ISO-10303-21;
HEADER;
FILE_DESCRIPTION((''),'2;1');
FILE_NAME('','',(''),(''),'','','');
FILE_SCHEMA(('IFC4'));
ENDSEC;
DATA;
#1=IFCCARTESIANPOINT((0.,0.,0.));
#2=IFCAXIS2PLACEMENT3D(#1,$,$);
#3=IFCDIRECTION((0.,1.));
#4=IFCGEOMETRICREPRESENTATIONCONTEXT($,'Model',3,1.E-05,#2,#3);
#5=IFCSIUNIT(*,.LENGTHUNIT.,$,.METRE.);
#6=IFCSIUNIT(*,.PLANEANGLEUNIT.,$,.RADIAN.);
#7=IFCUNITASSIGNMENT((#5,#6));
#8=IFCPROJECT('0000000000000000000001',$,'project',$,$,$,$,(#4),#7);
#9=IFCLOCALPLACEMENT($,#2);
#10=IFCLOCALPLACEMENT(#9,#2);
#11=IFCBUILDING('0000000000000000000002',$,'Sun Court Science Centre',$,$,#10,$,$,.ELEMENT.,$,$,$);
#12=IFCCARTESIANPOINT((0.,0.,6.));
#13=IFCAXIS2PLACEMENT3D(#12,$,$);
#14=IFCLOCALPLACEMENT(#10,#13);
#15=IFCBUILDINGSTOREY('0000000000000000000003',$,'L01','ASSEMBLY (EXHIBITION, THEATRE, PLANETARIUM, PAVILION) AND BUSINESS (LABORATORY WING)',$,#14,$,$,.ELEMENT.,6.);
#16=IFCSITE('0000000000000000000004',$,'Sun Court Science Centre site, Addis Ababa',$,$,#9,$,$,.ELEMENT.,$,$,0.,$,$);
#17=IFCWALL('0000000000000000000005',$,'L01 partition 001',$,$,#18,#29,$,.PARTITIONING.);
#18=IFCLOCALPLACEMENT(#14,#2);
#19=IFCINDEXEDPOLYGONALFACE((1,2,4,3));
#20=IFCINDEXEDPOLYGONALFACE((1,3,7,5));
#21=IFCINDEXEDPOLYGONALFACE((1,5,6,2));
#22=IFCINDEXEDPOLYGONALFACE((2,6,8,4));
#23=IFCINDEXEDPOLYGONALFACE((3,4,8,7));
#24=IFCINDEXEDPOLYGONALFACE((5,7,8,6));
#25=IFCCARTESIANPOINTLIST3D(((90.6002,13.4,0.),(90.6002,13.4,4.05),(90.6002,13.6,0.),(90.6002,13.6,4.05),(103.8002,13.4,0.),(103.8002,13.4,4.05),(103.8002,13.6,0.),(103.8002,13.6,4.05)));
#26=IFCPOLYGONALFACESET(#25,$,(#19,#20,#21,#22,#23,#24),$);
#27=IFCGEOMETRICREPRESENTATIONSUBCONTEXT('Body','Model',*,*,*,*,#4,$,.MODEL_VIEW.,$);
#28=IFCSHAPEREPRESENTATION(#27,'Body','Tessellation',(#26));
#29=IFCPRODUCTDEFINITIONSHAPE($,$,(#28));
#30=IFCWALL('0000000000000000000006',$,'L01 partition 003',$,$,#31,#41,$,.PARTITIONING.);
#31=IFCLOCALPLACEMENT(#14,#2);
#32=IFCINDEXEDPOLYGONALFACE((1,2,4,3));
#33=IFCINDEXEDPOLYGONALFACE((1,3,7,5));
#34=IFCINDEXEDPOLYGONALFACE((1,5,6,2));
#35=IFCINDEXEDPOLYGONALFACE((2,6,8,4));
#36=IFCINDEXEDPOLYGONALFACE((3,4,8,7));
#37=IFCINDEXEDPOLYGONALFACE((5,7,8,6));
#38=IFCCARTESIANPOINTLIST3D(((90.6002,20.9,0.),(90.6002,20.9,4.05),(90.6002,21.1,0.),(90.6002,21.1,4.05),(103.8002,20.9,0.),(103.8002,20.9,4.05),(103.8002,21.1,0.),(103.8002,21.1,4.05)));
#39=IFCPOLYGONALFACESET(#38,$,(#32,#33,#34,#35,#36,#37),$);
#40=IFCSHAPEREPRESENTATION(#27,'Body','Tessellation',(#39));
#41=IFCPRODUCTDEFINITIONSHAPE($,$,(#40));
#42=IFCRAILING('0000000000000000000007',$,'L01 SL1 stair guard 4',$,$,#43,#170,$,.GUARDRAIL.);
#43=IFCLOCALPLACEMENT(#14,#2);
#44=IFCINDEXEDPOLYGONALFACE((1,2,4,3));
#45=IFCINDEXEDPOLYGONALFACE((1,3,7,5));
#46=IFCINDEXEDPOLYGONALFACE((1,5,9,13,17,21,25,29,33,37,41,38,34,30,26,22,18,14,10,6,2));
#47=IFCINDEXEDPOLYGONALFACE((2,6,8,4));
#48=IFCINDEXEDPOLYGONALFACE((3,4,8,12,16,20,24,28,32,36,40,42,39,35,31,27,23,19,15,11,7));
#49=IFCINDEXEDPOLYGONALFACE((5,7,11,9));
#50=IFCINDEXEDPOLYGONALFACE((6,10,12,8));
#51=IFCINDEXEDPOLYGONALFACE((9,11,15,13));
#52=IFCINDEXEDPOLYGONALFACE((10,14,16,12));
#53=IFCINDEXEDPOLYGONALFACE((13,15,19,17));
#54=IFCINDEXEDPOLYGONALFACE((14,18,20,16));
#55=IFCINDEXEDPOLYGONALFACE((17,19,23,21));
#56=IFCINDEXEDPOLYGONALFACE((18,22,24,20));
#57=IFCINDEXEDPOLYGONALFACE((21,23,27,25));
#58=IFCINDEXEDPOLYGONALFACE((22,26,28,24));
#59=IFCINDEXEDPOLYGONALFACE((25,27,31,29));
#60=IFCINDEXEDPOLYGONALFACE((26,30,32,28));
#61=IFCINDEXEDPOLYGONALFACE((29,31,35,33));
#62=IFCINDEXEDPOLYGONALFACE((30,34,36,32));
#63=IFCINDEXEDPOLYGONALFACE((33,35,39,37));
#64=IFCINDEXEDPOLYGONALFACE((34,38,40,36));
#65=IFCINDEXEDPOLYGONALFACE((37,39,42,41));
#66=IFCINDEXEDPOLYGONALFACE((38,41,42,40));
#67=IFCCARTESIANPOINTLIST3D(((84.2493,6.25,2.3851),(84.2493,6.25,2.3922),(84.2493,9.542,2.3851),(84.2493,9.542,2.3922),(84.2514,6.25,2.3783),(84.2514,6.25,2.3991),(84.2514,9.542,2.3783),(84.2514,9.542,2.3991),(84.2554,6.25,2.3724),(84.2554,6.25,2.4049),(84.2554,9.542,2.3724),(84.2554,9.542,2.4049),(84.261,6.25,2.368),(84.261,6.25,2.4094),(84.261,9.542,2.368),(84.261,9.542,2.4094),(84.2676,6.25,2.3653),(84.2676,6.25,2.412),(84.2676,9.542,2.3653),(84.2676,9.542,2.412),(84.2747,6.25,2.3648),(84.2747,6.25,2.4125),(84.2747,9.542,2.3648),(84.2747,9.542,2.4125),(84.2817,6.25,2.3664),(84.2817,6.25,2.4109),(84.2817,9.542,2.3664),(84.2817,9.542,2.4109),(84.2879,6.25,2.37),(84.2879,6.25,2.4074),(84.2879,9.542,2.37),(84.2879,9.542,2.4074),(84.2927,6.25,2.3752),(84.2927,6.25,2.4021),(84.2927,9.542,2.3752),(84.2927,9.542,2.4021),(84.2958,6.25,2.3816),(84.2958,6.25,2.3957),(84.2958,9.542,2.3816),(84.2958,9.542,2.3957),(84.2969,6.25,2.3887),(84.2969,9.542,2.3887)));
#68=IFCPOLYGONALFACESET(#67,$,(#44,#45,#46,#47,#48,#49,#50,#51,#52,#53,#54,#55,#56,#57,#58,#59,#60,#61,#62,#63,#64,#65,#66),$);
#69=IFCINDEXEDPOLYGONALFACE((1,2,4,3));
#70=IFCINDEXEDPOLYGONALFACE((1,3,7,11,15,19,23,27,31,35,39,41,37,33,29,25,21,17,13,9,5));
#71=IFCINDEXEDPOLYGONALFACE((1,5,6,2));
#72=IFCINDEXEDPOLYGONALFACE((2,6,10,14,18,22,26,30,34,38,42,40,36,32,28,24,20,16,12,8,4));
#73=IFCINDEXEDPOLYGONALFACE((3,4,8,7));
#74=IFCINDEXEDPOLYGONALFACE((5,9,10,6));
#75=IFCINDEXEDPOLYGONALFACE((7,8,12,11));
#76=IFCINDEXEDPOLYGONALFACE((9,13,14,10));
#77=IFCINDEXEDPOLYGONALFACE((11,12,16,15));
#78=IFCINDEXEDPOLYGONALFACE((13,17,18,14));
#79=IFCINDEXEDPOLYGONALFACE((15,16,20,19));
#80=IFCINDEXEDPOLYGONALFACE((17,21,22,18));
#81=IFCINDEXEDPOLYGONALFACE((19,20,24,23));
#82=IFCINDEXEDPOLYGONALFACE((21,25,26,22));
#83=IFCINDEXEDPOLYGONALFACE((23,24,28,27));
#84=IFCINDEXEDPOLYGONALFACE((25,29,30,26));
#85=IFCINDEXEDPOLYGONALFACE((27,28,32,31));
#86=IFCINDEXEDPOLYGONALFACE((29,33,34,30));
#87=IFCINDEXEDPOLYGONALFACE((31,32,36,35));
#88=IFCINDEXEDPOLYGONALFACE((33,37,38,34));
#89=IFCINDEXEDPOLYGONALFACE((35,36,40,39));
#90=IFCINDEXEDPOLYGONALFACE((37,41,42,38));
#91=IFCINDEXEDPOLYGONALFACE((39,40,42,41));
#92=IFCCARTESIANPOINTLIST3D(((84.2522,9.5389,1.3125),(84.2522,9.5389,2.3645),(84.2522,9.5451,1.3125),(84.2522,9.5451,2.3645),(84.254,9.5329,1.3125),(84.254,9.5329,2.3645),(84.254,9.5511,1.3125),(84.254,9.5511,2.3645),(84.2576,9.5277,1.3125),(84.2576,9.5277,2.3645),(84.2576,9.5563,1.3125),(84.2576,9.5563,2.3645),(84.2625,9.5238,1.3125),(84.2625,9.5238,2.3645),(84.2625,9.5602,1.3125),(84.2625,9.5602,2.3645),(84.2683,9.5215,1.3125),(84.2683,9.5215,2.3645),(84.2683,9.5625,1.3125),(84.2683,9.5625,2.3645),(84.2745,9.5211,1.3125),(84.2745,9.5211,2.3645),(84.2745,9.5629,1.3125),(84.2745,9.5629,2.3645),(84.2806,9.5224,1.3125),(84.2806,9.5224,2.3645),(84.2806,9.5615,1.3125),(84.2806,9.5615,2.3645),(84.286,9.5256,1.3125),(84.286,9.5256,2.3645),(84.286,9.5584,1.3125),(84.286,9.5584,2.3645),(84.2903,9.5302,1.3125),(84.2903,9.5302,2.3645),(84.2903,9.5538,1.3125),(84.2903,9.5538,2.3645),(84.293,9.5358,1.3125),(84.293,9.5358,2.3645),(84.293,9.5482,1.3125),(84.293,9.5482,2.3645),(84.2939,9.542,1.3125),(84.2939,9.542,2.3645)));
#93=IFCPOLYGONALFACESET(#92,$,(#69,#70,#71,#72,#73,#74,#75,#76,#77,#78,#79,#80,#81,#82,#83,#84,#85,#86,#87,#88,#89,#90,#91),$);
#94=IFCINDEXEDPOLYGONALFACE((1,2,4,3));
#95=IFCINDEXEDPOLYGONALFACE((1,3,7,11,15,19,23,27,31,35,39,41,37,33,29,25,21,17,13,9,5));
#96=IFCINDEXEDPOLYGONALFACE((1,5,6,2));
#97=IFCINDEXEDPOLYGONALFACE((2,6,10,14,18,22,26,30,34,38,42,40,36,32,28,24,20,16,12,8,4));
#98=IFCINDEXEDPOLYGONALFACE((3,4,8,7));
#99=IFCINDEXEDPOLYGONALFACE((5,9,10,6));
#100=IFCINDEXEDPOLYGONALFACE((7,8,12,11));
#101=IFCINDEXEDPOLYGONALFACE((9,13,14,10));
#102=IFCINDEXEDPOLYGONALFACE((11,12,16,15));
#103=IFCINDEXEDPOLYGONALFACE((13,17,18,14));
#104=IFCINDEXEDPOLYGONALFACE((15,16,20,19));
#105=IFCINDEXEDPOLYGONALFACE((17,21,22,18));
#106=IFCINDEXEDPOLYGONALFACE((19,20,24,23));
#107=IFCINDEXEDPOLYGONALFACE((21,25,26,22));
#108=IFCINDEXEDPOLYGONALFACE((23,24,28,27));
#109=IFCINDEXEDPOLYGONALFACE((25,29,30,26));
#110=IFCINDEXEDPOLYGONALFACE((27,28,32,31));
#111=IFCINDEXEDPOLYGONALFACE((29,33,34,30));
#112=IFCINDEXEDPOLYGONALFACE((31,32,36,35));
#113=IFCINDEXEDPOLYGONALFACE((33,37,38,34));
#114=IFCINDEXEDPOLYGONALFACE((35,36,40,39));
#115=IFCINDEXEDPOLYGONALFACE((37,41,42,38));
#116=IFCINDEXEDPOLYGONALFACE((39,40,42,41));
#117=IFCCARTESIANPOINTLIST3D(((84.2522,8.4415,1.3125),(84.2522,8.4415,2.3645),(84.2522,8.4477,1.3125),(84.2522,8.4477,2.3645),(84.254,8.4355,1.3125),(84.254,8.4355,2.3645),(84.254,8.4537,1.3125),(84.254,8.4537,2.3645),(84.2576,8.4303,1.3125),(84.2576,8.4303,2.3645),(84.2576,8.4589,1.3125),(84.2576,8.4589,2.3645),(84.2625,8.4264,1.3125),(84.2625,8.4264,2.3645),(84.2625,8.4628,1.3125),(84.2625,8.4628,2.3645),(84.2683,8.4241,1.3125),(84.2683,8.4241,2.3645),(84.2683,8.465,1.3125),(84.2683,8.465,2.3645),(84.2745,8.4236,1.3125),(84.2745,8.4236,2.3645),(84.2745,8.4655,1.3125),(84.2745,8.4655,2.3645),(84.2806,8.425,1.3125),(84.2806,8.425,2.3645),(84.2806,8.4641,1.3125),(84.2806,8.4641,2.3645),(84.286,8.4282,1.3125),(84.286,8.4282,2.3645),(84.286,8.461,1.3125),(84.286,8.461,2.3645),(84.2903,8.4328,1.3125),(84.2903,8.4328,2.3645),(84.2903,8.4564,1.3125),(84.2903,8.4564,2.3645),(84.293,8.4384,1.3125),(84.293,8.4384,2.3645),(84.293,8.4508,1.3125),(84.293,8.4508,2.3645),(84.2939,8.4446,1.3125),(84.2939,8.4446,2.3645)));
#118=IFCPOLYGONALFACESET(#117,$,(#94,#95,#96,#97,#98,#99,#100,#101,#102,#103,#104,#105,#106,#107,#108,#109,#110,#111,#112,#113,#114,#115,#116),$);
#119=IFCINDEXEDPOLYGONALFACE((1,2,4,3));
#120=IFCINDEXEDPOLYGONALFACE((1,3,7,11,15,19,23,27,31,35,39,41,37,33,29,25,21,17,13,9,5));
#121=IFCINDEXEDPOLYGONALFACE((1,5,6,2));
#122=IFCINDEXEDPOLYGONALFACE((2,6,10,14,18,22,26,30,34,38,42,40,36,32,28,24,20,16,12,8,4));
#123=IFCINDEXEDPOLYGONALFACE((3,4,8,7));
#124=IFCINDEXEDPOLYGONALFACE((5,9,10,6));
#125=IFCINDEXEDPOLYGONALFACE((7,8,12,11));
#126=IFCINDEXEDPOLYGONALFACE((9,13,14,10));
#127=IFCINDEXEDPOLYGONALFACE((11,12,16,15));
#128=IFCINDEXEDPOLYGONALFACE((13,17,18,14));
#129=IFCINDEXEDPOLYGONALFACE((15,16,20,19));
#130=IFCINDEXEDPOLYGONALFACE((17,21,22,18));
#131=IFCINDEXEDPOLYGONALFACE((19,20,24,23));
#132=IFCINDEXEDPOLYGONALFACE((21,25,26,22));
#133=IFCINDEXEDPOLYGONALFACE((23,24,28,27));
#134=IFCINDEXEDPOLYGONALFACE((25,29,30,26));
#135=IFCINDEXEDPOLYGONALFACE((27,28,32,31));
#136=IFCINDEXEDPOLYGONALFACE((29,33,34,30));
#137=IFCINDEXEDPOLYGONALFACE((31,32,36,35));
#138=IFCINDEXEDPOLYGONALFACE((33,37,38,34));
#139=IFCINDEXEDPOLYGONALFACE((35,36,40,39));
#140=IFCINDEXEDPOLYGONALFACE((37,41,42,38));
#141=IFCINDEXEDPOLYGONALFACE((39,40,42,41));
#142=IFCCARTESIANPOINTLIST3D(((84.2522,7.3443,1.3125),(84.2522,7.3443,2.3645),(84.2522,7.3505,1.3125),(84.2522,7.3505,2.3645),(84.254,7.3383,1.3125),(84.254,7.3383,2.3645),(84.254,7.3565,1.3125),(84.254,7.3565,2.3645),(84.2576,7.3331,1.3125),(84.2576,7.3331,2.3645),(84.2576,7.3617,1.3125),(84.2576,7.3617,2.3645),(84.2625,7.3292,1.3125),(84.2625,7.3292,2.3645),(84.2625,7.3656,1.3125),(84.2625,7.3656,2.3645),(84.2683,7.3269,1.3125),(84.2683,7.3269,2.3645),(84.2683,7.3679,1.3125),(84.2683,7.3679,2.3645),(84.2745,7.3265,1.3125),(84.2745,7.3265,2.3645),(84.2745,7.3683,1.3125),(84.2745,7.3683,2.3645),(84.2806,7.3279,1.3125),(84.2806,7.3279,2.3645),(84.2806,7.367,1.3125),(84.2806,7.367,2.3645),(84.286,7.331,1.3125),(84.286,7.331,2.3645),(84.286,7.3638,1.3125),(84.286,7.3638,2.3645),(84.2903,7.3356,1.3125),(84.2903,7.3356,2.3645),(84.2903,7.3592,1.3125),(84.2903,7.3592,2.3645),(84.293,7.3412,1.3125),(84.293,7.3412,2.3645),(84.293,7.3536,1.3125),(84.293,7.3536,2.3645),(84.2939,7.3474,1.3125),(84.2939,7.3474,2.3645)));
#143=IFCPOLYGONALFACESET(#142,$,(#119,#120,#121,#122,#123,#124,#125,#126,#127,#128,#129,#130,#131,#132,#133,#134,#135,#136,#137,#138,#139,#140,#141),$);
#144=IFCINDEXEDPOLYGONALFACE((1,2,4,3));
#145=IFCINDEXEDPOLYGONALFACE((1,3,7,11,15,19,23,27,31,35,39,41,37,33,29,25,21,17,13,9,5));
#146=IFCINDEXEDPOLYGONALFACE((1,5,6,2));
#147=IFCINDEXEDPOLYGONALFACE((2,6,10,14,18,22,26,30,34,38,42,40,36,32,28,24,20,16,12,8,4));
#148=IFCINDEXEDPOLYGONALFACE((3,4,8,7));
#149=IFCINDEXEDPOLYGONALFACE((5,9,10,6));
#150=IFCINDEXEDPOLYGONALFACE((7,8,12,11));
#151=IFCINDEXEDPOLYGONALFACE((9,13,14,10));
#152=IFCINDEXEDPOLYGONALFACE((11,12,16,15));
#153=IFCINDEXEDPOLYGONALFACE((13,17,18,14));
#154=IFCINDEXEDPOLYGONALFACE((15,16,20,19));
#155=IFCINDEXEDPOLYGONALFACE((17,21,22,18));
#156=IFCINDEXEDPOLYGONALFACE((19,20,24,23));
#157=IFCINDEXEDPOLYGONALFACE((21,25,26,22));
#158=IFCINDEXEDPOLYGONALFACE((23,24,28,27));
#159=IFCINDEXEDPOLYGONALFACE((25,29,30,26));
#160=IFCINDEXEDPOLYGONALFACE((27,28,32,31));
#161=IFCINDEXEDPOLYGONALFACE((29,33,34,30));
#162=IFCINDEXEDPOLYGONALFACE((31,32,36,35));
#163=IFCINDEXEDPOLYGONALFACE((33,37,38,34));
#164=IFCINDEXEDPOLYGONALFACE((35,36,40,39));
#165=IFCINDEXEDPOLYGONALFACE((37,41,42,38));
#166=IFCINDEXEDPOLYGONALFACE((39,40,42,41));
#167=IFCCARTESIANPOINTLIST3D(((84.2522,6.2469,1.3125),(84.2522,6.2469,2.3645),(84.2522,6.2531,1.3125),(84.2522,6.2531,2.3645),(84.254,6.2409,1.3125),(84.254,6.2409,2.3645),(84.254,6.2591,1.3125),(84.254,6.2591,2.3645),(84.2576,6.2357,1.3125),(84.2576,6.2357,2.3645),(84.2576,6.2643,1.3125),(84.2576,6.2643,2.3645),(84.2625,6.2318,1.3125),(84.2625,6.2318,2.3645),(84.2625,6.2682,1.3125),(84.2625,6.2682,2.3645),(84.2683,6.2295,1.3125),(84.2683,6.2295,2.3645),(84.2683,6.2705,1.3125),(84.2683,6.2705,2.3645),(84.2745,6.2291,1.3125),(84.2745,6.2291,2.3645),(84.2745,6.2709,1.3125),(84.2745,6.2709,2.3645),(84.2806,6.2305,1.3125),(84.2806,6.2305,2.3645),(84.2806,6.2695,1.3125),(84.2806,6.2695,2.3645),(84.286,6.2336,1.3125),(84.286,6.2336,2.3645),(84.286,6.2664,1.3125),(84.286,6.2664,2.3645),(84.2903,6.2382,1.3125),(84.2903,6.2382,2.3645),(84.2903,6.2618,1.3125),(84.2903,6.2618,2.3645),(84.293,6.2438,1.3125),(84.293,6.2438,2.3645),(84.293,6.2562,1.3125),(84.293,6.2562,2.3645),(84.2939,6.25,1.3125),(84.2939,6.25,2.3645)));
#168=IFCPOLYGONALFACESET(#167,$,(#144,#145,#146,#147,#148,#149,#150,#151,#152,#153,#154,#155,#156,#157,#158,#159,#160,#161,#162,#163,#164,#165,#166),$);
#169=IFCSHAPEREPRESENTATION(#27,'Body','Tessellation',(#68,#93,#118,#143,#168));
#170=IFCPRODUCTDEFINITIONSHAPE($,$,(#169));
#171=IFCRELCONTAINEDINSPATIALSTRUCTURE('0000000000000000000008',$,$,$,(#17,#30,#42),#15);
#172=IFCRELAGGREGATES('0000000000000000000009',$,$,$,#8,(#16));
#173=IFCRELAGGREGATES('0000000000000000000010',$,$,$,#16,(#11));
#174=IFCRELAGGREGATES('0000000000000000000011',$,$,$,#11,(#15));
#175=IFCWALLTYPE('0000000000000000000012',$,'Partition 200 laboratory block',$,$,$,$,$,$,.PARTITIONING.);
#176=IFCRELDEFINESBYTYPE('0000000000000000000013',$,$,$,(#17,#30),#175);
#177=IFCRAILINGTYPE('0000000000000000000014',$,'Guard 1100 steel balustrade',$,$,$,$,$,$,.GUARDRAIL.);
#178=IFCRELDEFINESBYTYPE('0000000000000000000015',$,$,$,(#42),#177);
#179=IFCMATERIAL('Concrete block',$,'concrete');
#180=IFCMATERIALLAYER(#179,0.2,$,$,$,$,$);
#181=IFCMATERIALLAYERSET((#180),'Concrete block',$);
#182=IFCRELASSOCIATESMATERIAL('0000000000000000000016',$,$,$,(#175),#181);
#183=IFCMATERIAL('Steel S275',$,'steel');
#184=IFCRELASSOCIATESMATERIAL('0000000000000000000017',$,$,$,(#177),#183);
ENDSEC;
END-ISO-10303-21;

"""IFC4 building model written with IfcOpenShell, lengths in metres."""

from ifc_helpers import new_model, si_unit, direction, frame, frame_2d, origin, origin_2d, place, context, subcontext, project, spatial, rectangle, circle, extrude, material, layer, layer_set, type_object, element, save


model = new_model("IFC4")

# Units and contexts
model_context = context("Model", 3, precision=1e-05, world=origin(), true_north=direction((0.0, 1.0)))
body_context = subcontext(model_context, "Body", "Model", "MODEL_VIEW")
ifc_project = project(units=[si_unit("LENGTHUNIT", "METRE"), si_unit("PLANEANGLEUNIT", "RADIAN")], contexts=[model_context])

# Site, building, storey
site_placement = place(None, origin())
site = spatial("IfcSite", under=ifc_project, at=site_placement, Name="Sun Court Science Centre site, Addis Ababa", CompositionType="ELEMENT", RefElevation=0.0)
building_placement = place(site_placement, origin())
building = spatial("IfcBuilding", under=site, at=building_placement, Name="Sun Court Science Centre", CompositionType="ELEMENT")
storey_placement = place(building_placement, frame((0.0, 0.0, 6.0)))
storey = spatial("IfcBuildingStorey", under=building, at=storey_placement, Name="L01", Description="ASSEMBLY (EXHIBITION, THEATRE, PLANETARIUM, PAVILION) AND BUSINESS (LABORATORY WING)", CompositionType="ELEMENT", Elevation=6.0)

# Walls
ifc_material_1 = material(Name="Concrete block", Category="concrete")
ifc_layer_1 = layer(ifc_material_1, 0.2)
ifc_layer_set_1 = layer_set([ifc_layer_1], Name="Concrete block")
wall_type_1 = type_object("IfcWallType", Name="Partition 200 laboratory block", PredefinedType="PARTITIONING", material=ifc_layer_set_1)
for number, where, z_axis, x_axis, name in (
    (1, (90.6001, 13.5, 0.0), (0.0, 0.0, 1.0), (1.0, 0.0, 0.0), "L01 partition 001"),
    (2, (90.6001, 21.0, 0.0), (0.0, 0.0, 1.0), (1.0, 0.0, 0.0), "L01 partition 003"),
):
    element("IfcWall", number, at=place(storey_placement, frame(where, z_axis=z_axis, x_axis=x_axis)), inside=storey, type_object=wall_type_1, Name=name, PredefinedType="PARTITIONING", context=body_context, shape_type="SweptSolid", body=[
        extrude(rectangle(XDim=13.2, YDim=0.2, at=frame_2d((6.6001, 0.0))), origin(), (0.0, 0.0, 1.0), 4.05),
    ])

# Railing
ifc_material_2 = material(Name="Steel S275", Category="steel")
railing_type_1 = type_object("IfcRailingType", Name="Guard 1100 steel balustrade", PredefinedType="GUARDRAIL", material=ifc_material_2)
railing_1_placement = place(storey_placement, frame((84.2729, 9.542, 1.3125)))
element("IfcRailing", 3, at=railing_1_placement, inside=storey, type_object=railing_type_1, Name="L01 SL1 stair guard 4", PredefinedType="GUARDRAIL", context=body_context, shape_type="SweptSolid", body=[
    extrude(circle(Radius=0.0239, at=origin_2d()), frame((0.0, 0.0, 1.0762), z_axis=(0.0, -1.0, 0.0), x_axis=(1.0, 0.0, 0.0)), (0.0, 0.0, 1.0), 3.292),
    extrude(circle(Radius=0.021, at=origin_2d()), origin(), (0.0, 0.0, 1.0), 1.052),
    extrude(circle(Radius=0.021, at=origin_2d()), frame((0.0, -1.0974, 0.0)), (0.0, 0.0, 1.0), 1.052),
    extrude(circle(Radius=0.021, at=origin_2d()), frame((0.0, -2.1946, 0.0)), (0.0, 0.0, 1.0), 1.052),
    extrude(circle(Radius=0.021, at=origin_2d()), frame((0.0, -3.292, 0.0)), (0.0, 0.0, 1.0), 1.052),
])

save(model, "model.ifc")
